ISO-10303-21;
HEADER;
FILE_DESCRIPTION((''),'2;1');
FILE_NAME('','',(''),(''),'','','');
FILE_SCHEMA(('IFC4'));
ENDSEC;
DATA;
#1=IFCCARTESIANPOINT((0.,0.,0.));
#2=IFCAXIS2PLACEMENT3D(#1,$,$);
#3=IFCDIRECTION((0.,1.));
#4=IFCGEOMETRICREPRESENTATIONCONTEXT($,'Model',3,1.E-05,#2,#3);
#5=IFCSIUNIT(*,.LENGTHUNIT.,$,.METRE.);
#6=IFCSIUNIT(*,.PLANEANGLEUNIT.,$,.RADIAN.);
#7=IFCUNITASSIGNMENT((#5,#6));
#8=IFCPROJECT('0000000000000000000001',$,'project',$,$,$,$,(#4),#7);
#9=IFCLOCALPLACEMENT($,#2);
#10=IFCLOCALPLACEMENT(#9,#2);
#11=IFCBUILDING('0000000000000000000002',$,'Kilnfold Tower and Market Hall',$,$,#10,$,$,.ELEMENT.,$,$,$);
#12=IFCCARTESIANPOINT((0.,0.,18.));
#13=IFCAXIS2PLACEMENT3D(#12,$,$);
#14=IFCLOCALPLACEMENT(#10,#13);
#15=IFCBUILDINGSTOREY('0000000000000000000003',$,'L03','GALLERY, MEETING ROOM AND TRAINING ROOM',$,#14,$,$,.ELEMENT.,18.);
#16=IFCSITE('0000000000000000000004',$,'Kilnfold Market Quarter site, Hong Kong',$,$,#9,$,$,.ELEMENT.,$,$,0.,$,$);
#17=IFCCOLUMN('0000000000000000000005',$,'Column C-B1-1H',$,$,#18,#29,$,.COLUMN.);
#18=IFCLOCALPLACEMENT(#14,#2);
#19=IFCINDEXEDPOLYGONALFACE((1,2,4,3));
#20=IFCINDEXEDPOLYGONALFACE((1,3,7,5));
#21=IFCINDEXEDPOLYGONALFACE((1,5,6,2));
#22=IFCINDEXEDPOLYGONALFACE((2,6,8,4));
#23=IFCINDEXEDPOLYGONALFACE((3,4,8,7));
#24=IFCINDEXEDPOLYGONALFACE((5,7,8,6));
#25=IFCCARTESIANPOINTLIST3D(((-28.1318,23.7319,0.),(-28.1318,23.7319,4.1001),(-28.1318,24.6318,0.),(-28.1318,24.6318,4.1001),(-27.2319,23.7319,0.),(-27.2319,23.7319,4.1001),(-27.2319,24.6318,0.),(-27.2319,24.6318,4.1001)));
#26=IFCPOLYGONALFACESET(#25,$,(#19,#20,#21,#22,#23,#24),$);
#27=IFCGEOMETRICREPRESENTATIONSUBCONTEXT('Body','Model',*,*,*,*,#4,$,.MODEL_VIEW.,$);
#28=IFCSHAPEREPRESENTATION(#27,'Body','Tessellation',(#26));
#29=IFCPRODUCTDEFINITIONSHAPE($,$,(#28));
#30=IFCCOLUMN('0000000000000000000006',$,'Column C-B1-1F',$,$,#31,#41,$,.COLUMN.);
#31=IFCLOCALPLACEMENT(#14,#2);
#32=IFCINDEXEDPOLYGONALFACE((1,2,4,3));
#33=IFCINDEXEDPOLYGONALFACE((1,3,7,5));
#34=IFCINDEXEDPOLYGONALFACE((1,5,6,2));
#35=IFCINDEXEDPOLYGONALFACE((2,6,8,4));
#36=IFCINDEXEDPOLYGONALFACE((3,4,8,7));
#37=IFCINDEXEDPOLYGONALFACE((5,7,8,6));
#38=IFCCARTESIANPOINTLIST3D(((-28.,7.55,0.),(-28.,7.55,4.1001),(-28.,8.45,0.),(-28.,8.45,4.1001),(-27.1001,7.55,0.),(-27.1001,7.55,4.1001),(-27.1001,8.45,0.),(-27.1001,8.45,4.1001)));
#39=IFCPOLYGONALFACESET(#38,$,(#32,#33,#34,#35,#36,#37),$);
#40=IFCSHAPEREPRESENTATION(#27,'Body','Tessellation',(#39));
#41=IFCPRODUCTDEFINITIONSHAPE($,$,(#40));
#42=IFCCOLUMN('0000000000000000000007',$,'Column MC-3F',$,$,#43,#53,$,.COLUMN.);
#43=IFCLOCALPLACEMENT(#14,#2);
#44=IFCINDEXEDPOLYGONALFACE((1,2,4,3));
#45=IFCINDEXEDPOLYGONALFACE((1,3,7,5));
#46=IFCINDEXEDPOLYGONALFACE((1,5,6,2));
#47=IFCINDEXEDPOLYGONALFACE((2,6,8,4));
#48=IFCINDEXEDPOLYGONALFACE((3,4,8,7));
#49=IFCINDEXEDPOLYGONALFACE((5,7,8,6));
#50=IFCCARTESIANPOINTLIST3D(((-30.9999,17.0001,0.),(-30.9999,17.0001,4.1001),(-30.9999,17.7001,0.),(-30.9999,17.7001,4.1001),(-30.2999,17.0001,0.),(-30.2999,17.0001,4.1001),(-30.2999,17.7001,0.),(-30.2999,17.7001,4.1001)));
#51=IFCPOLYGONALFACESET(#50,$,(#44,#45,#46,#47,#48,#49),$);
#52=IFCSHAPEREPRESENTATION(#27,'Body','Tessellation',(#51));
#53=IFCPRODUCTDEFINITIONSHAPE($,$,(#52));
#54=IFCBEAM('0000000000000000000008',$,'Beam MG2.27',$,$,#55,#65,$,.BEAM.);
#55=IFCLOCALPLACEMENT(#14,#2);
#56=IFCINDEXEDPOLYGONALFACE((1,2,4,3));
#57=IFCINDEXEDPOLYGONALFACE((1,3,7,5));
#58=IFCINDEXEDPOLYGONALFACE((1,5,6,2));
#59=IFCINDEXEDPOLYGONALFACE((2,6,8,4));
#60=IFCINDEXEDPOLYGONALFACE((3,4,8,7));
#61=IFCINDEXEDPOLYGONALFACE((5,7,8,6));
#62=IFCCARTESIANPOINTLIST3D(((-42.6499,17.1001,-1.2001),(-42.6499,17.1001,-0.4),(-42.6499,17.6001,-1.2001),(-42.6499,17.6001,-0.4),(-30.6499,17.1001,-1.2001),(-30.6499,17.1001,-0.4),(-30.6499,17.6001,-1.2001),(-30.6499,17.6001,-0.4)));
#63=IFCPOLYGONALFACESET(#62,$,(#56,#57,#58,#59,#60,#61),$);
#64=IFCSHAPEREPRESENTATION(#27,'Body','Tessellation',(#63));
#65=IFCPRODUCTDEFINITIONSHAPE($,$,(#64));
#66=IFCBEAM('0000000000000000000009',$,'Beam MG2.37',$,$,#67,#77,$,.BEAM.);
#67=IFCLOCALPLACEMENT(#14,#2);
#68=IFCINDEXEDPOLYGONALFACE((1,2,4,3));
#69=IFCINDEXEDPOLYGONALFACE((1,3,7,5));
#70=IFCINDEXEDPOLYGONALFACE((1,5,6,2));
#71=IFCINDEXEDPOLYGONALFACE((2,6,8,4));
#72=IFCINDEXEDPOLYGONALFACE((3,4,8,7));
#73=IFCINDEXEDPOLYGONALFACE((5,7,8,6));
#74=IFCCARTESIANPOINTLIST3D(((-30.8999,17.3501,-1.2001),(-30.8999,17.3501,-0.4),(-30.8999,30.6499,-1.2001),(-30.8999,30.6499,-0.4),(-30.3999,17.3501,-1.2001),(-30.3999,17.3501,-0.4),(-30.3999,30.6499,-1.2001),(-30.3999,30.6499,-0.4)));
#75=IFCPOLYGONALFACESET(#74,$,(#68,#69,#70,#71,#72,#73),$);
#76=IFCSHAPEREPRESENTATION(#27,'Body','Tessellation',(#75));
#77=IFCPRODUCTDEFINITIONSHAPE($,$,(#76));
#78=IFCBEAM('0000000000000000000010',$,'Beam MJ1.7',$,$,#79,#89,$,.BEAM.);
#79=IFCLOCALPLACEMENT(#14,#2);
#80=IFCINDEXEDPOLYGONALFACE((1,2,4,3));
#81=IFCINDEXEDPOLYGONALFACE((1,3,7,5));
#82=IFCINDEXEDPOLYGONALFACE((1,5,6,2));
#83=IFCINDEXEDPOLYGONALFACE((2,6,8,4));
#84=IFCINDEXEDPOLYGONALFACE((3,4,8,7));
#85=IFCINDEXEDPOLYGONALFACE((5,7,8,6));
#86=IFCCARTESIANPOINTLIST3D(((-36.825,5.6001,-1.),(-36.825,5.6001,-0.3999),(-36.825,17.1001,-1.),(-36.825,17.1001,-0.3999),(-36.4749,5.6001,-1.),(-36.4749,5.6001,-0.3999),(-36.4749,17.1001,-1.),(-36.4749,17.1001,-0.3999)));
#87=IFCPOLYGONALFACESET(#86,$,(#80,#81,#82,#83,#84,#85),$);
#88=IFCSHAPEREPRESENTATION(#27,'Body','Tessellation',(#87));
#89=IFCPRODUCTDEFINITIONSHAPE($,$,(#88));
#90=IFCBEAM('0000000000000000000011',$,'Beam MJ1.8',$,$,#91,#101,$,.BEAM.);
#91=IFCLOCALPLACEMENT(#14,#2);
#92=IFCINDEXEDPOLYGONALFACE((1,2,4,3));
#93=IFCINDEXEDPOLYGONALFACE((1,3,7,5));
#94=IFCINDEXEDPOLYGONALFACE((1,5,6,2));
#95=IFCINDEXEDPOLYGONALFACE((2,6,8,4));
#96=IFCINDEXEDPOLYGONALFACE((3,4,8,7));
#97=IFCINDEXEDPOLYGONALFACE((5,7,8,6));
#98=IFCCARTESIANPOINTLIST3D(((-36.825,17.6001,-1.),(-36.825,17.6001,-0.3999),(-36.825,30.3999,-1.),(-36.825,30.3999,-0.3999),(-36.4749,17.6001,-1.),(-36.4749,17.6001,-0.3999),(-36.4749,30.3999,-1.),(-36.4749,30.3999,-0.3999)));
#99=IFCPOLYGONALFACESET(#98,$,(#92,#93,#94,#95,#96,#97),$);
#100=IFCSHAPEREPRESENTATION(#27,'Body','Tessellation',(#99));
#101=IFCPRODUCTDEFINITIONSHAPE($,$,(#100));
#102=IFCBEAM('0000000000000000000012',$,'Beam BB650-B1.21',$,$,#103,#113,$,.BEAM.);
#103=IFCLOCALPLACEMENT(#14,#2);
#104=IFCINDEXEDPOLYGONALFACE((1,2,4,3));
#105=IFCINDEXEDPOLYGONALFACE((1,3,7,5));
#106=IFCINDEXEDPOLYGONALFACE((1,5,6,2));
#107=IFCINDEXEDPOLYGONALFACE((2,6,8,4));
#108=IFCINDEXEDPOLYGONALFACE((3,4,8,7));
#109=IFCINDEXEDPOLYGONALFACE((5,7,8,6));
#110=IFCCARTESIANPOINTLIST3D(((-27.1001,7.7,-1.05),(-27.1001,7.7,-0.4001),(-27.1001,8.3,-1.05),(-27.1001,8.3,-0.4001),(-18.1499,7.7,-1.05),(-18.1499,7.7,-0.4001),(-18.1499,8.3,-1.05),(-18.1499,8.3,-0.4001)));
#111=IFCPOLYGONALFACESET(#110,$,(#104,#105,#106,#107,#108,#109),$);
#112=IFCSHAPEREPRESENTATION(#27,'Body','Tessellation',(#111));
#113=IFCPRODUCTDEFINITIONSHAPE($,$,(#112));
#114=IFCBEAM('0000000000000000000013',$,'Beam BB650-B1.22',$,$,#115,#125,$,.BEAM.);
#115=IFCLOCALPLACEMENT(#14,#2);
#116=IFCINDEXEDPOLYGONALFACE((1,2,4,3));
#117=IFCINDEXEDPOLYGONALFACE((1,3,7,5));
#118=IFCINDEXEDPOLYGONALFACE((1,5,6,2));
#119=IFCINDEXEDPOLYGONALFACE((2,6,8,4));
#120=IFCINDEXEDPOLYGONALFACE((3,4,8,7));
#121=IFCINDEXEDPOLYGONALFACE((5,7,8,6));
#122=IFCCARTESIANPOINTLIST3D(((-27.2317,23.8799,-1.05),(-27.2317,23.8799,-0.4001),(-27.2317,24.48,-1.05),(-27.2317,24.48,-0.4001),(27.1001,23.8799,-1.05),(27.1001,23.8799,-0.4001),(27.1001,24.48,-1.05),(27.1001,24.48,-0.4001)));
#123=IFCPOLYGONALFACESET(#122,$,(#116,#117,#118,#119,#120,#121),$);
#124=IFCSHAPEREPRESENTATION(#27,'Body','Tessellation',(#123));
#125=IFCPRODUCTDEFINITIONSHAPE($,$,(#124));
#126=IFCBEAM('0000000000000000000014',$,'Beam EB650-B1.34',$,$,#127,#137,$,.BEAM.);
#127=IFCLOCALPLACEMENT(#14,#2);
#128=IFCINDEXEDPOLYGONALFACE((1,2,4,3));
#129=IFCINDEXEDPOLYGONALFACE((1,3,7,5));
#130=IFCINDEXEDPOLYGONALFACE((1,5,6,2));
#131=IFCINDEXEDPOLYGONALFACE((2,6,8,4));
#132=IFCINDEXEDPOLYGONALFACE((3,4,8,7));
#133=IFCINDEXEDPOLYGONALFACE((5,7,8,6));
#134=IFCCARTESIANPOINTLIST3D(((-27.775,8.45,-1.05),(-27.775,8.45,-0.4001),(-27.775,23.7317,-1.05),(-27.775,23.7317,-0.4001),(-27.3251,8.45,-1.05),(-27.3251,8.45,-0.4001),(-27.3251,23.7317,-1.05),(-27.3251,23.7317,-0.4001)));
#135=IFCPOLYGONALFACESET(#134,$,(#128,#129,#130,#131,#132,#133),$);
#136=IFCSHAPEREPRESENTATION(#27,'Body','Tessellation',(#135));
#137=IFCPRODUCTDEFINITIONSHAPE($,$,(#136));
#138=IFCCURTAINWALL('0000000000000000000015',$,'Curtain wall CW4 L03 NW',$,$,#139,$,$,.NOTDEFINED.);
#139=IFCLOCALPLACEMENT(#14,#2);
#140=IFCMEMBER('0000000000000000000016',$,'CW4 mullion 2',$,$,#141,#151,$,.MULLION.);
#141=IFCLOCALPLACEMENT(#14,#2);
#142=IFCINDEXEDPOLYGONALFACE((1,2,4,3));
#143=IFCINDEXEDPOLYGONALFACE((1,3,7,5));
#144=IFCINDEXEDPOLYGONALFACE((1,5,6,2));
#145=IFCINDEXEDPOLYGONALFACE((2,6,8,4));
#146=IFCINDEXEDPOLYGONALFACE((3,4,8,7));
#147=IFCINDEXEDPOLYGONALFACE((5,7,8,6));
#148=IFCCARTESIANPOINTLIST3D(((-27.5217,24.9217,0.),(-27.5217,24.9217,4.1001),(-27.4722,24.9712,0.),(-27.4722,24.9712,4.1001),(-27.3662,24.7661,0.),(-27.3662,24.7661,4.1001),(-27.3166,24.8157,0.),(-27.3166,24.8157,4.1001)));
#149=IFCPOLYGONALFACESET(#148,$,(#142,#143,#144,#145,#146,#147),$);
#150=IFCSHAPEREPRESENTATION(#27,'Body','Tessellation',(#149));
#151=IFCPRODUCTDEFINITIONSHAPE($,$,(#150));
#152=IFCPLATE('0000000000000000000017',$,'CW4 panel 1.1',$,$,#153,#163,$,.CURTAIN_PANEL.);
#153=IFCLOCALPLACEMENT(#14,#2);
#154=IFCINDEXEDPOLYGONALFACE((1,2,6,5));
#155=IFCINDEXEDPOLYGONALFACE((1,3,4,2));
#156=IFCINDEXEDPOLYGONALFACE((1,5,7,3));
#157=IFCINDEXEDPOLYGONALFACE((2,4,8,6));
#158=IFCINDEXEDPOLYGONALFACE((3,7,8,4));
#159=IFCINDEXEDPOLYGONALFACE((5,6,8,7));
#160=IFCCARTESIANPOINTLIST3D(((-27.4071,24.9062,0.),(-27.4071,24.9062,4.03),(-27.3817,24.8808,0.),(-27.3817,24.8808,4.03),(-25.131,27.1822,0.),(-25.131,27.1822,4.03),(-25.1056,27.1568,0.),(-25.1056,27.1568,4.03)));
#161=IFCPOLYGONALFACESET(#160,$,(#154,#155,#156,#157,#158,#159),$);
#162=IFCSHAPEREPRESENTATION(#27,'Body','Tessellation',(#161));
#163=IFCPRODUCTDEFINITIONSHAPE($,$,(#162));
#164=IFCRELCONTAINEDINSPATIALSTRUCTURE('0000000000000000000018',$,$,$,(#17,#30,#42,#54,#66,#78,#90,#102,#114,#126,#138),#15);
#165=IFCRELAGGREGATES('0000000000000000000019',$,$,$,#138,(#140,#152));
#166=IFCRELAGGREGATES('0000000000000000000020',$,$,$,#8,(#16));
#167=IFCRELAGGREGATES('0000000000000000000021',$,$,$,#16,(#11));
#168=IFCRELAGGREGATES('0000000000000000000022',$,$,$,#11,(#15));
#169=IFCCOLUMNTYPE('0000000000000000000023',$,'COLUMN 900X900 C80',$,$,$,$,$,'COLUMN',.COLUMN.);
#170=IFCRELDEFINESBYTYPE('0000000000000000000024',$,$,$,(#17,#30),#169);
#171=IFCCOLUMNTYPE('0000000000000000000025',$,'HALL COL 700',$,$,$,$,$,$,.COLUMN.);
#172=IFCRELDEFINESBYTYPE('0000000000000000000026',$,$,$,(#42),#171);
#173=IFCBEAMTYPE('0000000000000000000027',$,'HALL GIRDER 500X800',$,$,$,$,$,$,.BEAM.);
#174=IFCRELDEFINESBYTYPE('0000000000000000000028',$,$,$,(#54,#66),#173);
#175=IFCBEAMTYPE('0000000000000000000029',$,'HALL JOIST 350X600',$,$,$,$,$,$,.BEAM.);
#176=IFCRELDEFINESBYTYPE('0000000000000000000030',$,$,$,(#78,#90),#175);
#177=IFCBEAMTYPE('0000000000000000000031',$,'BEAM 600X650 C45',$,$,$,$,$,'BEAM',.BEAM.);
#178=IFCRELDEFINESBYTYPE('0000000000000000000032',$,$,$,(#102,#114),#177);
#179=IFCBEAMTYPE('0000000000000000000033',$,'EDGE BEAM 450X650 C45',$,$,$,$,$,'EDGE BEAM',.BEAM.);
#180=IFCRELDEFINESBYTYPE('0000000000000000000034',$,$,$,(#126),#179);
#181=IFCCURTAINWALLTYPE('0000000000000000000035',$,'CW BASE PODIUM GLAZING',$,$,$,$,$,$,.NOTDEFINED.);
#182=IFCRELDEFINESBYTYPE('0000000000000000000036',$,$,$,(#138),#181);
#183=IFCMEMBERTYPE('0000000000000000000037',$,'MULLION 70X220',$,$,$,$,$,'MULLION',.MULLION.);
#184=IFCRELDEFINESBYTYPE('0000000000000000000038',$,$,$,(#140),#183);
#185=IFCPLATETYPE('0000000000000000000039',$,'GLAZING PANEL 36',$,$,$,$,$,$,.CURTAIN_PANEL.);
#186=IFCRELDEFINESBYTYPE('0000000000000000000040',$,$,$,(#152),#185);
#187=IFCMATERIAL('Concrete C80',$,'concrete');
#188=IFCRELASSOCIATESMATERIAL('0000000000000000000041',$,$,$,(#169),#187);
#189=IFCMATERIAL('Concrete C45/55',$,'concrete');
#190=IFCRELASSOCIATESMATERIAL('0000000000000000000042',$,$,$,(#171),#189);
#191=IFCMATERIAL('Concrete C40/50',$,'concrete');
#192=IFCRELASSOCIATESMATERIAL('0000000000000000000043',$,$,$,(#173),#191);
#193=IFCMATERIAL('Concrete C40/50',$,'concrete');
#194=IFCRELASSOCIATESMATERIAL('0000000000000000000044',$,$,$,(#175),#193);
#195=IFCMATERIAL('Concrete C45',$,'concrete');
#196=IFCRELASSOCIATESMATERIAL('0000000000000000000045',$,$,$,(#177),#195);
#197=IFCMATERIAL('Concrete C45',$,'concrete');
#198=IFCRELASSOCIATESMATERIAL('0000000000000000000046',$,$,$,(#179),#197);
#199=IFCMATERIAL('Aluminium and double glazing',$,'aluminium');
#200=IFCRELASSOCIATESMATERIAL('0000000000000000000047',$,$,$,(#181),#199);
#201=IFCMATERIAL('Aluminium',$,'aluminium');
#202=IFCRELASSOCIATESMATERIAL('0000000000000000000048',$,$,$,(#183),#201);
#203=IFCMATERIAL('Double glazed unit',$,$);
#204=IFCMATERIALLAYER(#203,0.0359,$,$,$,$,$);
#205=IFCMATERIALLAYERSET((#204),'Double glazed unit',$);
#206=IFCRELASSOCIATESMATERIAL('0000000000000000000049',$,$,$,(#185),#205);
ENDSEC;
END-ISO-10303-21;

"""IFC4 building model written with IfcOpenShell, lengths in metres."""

from ifc_helpers import new_model, si_unit, direction, frame, origin, origin_2d, place, context, subcontext, project, spatial, rectangle, extrude, source, transform, mapped, material, layer, layer_set, material_profile, profile_set, type_object, element, aggregate, save


model = new_model("IFC4")

# Units and contexts
model_context = context("Model", 3, precision=1e-05, world=origin(), true_north=direction((0.0, 1.0)))
body_context = subcontext(model_context, "Body", "Model", "MODEL_VIEW")
ifc_project = project(units=[si_unit("LENGTHUNIT", "METRE"), si_unit("PLANEANGLEUNIT", "RADIAN")], contexts=[model_context])

# Site, building, storey
site_placement = place(None, origin())
site = spatial("IfcSite", under=ifc_project, at=site_placement, Name="Kilnfold Market Quarter site, Hong Kong", CompositionType="ELEMENT", RefElevation=0.0)
building_placement = place(site_placement, origin())
building = spatial("IfcBuilding", under=site, at=building_placement, Name="Kilnfold Tower and Market Hall", CompositionType="ELEMENT")
storey_placement = place(building_placement, frame((0.0, 0.0, 18.0)))
storey = spatial("IfcBuildingStorey", under=building, at=storey_placement, Name="L03", Description="GALLERY, MEETING ROOM AND TRAINING ROOM", CompositionType="ELEMENT", Elevation=18.0)

# Columns
ifc_material_1 = material(Name="Concrete C80", Category="concrete")
ifc_material_profile_1 = material_profile(ifc_material_1, rectangle(XDim=0.8999, YDim=0.8999, at=origin_2d()), Name="RC 900x900")
ifc_profile_set_1 = profile_set([ifc_material_profile_1], Name="Concrete C80")
column_type_1 = type_object("IfcColumnType", Name="COLUMN 900X900 C80", ElementType="COLUMN", PredefinedType="COLUMN", material=ifc_profile_set_1)
shared_shape_1 = source(origin(), body_context, "Body", "SweptSolid", [
    extrude(rectangle(XDim=0.8999, YDim=0.8999, at=origin_2d()), origin(), (0.0, 0.0, 1.0), 4.1001),
])
for number, where, z_axis, x_axis, name in (
    (1, (-27.6819, 24.1819, 0.0), (0.0, 0.0, 1.0), (1.0, 0.0, 0.0), "Column C-B1-1H"),
    (2, (-27.55, 8.0, 0.0), (0.0, 0.0, 1.0), (1.0, 0.0, 0.0), "Column C-B1-1F"),
):
    element("IfcColumn", number, at=place(storey_placement, frame(where, z_axis=z_axis, x_axis=x_axis)), inside=storey, type_object=column_type_1, Name=name, PredefinedType="COLUMN", context=body_context, shape_type="MappedRepresentation", body=[
        mapped(shared_shape_1, transform((0.0, 0.0, 0.0))),
    ])
ifc_material_2 = material(Name="Concrete C45/55", Category="concrete")
ifc_material_profile_2 = material_profile(ifc_material_2, rectangle(XDim=0.7, YDim=0.7, at=origin_2d()), Name="RC 700x700")
ifc_profile_set_2 = profile_set([ifc_material_profile_2], Name="Concrete C45/55")
column_type_2 = type_object("IfcColumnType", Name="HALL COL 700", PredefinedType="COLUMN", material=ifc_profile_set_2)
shared_shape_2 = source(origin(), body_context, "Body", "SweptSolid", [
    extrude(rectangle(XDim=0.7, YDim=0.7, at=origin_2d()), origin(), (0.0, 0.0, 1.0), 4.1001),
])
column_placement = place(storey_placement, frame((-30.6499, 17.3501, 0.0), z_axis=(0.0, 0.0, 1.0), x_axis=(1.0, 0.0, 0.0)))
element("IfcColumn", 3, at=column_placement, inside=storey, type_object=column_type_2, Name="Column MC-3F", PredefinedType="COLUMN", context=body_context, shape_type="MappedRepresentation", body=[
    mapped(shared_shape_2, transform((0.0, 0.0, 0.0))),
])

# Beams
ifc_material_3 = material(Name="Concrete C40/50", Category="concrete")
ifc_material_profile_3 = material_profile(ifc_material_3, rectangle(XDim=0.5, YDim=0.8, at=origin_2d()), Name="RC 500x800")
ifc_profile_set_3 = profile_set([ifc_material_profile_3], Name="Concrete C40/50")
beam_type_1 = type_object("IfcBeamType", Name="HALL GIRDER 500X800", PredefinedType="BEAM", material=ifc_profile_set_3)
beam_1_placement = place(storey_placement, frame((-42.6499, 17.3501, -0.8), z_axis=(1.0, 0.0, 0.0), x_axis=(0.0, 1.0, 0.0)))
element("IfcBeam", 4, at=beam_1_placement, inside=storey, type_object=beam_type_1, Name="Beam MG2.27", PredefinedType="BEAM", context=body_context, shape_type="SweptSolid", body=[
    extrude(rectangle(XDim=0.5, YDim=0.8, at=origin_2d()), origin(), (0.0, 0.0, 1.0), 12.0),
])
beam_2_placement = place(storey_placement, frame((-30.6499, 17.3501, -0.8), z_axis=(0.0, 1.0, 0.0), x_axis=(-1.0, 0.0, 0.0)))
element("IfcBeam", 5, at=beam_2_placement, inside=storey, type_object=beam_type_1, Name="Beam MG2.37", PredefinedType="BEAM", context=body_context, shape_type="SweptSolid", body=[
    extrude(rectangle(XDim=0.5, YDim=0.8, at=origin_2d()), origin(), (0.0, 0.0, 1.0), 13.2998),
])
ifc_material_4 = material(Name="Concrete C40/50", Category="concrete")
ifc_material_profile_4 = material_profile(ifc_material_4, rectangle(XDim=0.3501, YDim=0.6001, at=origin_2d()), Name="RC 350x600")
ifc_profile_set_4 = profile_set([ifc_material_profile_4], Name="Concrete C40/50")
beam_type_2 = type_object("IfcBeamType", Name="HALL JOIST 350X600", PredefinedType="BEAM", material=ifc_profile_set_4)
beam_3_placement = place(storey_placement, frame((-36.6499, 5.6001, -0.7), z_axis=(0.0, 1.0, 0.0), x_axis=(-1.0, 0.0, 0.0)))
element("IfcBeam", 6, at=beam_3_placement, inside=storey, type_object=beam_type_2, Name="Beam MJ1.7", PredefinedType="BEAM", context=body_context, shape_type="SweptSolid", body=[
    extrude(rectangle(XDim=0.3501, YDim=0.6001, at=origin_2d()), origin(), (0.0, 0.0, 1.0), 11.5),
])
beam_4_placement = place(storey_placement, frame((-36.6499, 17.6001, -0.7), z_axis=(0.0, 1.0, 0.0), x_axis=(-1.0, 0.0, 0.0)))
element("IfcBeam", 7, at=beam_4_placement, inside=storey, type_object=beam_type_2, Name="Beam MJ1.8", PredefinedType="BEAM", context=body_context, shape_type="SweptSolid", body=[
    extrude(rectangle(XDim=0.3501, YDim=0.6001, at=origin_2d()), origin(), (0.0, 0.0, 1.0), 12.7998),
])
ifc_material_5 = material(Name="Concrete C45", Category="concrete")
ifc_material_profile_5 = material_profile(ifc_material_5, rectangle(XDim=0.6001, YDim=0.6499, at=origin_2d()), Name="RC 600x650")
ifc_profile_set_5 = profile_set([ifc_material_profile_5], Name="Concrete C45")
beam_type_3 = type_object("IfcBeamType", Name="BEAM 600X650 C45", ElementType="BEAM", PredefinedType="BEAM", material=ifc_profile_set_5)
shared_shape_3 = source(origin(), body_context, "Body", "SweptSolid", [
    extrude(rectangle(XDim=0.6001, YDim=0.6499, at=origin_2d()), origin(), (0.0, 0.0, 1.0), 8.9502),
])
beam_5_placement = place(storey_placement, frame((-27.1001, 8.0, -0.7251), z_axis=(1.0, 0.0, 0.0), x_axis=(0.0, 1.0, 0.0)))
element("IfcBeam", 8, at=beam_5_placement, inside=storey, type_object=beam_type_3, Name="Beam BB650-B1.21", PredefinedType="BEAM", context=body_context, shape_type="MappedRepresentation", body=[
    mapped(shared_shape_3, transform((0.0, 0.0, 0.0))),
])
shared_shape_4 = source(origin(), body_context, "Body", "SweptSolid", [
    extrude(rectangle(XDim=0.6001, YDim=0.6499, at=origin_2d()), origin(), (0.0, 0.0, 1.0), 54.3318),
])
beam_6_placement = place(storey_placement, frame((-27.2317, 24.1799, -0.7251), z_axis=(1.0, 0.0, 0.0), x_axis=(0.0, 1.0, 0.0)))
element("IfcBeam", 9, at=beam_6_placement, inside=storey, type_object=beam_type_3, Name="Beam BB650-B1.22", PredefinedType="BEAM", context=body_context, shape_type="MappedRepresentation", body=[
    mapped(shared_shape_4, transform((0.0, 0.0, 0.0))),
])
ifc_material_6 = material(Name="Concrete C45", Category="concrete")
ifc_material_profile_6 = material_profile(ifc_material_6, rectangle(XDim=0.45, YDim=0.6499, at=origin_2d()), Name="RC 450x650")
ifc_profile_set_6 = profile_set([ifc_material_profile_6], Name="Concrete C45")
beam_type_4 = type_object("IfcBeamType", Name="EDGE BEAM 450X650 C45", ElementType="EDGE BEAM", PredefinedType="BEAM", material=ifc_profile_set_6)
shared_shape_5 = source(origin(), body_context, "Body", "SweptSolid", [
    extrude(rectangle(XDim=0.45, YDim=0.6499, at=origin_2d()), origin(), (0.0, 0.0, 1.0), 15.2817),
])
beam_7_placement = place(storey_placement, frame((-27.55, 8.45, -0.7251), z_axis=(0.0, 1.0, 0.0), x_axis=(-1.0, 0.0, 0.0)))
element("IfcBeam", 10, at=beam_7_placement, inside=storey, type_object=beam_type_4, Name="Beam EB650-B1.34", PredefinedType="BEAM", context=body_context, shape_type="MappedRepresentation", body=[
    mapped(shared_shape_5, transform((0.0, 0.0, 0.0))),
])

# Curtain wall, member, plate
ifc_material_7 = material(Name="Aluminium and double glazing", Category="aluminium")
curtain_wall_type = type_object("IfcCurtainWallType", Name="CW BASE PODIUM GLAZING", PredefinedType="NOTDEFINED", material=ifc_material_7)
curtain_wall_placement = place(storey_placement, origin())
curtain_wall = element("IfcCurtainWall", 11, at=curtain_wall_placement, inside=storey, type_object=curtain_wall_type, Name="Curtain wall CW4 L03 NW", PredefinedType="NOTDEFINED")
ifc_material_8 = material(Name="Aluminium", Category="aluminium")
ifc_material_profile_7 = material_profile(ifc_material_8, rectangle(XDim=0.0701, YDim=0.22, at=origin_2d()), Name="MULLION 70x220")
ifc_profile_set_7 = profile_set([ifc_material_profile_7], Name="Aluminium")
member_type = type_object("IfcMemberType", Name="MULLION 70X220", ElementType="MULLION", PredefinedType="MULLION", material=ifc_profile_set_7)
shared_shape_6 = source(origin(), body_context, "Body", "SweptSolid", [
    extrude(rectangle(XDim=0.0701, YDim=0.22, at=origin_2d()), origin(), (0.0, 0.0, 1.0), 4.1001),
])
member_placement = place(storey_placement, frame((-27.4192, 24.8687, 0.0), z_axis=(0.0, 0.0, 1.0), x_axis=(-0.707122, -0.707092, 0.0)))
member = element("IfcMember", 12, at=member_placement, type_object=member_type, Name="CW4 mullion 2", PredefinedType="MULLION", context=body_context, shape_type="MappedRepresentation", body=[
    mapped(shared_shape_6, transform((0.0, 0.0, 0.0))),
])
ifc_material_9 = material(Name="Double glazed unit")
ifc_layer_1 = layer(ifc_material_9, 0.0359)
ifc_layer_set_1 = layer_set([ifc_layer_1], Name="Double glazed unit")
plate_type = type_object("IfcPlateType", Name="GLAZING PANEL 36", PredefinedType="CURTAIN_PANEL", material=ifc_layer_set_1)
shared_shape_7 = source(origin(), body_context, "Body", "SweptSolid", [
    extrude(rectangle(XDim=3.2188, YDim=0.0359, at=origin_2d()), origin(), (0.0, 0.0, 1.0), 4.03),
])
plate_placement = place(storey_placement, frame((-26.2563, 26.0315, 0.0), z_axis=(0.0, 0.0, 1.0), x_axis=(-0.707122, -0.707092, 0.0)))
plate = element("IfcPlate", 13, at=plate_placement, type_object=plate_type, Name="CW4 panel 1.1", PredefinedType="CURTAIN_PANEL", context=body_context, shape_type="MappedRepresentation", body=[
    mapped(shared_shape_7, transform((0.0, 0.0, 0.0))),
])
aggregate(curtain_wall, [member, plate])

save(model, "model.ifc")
